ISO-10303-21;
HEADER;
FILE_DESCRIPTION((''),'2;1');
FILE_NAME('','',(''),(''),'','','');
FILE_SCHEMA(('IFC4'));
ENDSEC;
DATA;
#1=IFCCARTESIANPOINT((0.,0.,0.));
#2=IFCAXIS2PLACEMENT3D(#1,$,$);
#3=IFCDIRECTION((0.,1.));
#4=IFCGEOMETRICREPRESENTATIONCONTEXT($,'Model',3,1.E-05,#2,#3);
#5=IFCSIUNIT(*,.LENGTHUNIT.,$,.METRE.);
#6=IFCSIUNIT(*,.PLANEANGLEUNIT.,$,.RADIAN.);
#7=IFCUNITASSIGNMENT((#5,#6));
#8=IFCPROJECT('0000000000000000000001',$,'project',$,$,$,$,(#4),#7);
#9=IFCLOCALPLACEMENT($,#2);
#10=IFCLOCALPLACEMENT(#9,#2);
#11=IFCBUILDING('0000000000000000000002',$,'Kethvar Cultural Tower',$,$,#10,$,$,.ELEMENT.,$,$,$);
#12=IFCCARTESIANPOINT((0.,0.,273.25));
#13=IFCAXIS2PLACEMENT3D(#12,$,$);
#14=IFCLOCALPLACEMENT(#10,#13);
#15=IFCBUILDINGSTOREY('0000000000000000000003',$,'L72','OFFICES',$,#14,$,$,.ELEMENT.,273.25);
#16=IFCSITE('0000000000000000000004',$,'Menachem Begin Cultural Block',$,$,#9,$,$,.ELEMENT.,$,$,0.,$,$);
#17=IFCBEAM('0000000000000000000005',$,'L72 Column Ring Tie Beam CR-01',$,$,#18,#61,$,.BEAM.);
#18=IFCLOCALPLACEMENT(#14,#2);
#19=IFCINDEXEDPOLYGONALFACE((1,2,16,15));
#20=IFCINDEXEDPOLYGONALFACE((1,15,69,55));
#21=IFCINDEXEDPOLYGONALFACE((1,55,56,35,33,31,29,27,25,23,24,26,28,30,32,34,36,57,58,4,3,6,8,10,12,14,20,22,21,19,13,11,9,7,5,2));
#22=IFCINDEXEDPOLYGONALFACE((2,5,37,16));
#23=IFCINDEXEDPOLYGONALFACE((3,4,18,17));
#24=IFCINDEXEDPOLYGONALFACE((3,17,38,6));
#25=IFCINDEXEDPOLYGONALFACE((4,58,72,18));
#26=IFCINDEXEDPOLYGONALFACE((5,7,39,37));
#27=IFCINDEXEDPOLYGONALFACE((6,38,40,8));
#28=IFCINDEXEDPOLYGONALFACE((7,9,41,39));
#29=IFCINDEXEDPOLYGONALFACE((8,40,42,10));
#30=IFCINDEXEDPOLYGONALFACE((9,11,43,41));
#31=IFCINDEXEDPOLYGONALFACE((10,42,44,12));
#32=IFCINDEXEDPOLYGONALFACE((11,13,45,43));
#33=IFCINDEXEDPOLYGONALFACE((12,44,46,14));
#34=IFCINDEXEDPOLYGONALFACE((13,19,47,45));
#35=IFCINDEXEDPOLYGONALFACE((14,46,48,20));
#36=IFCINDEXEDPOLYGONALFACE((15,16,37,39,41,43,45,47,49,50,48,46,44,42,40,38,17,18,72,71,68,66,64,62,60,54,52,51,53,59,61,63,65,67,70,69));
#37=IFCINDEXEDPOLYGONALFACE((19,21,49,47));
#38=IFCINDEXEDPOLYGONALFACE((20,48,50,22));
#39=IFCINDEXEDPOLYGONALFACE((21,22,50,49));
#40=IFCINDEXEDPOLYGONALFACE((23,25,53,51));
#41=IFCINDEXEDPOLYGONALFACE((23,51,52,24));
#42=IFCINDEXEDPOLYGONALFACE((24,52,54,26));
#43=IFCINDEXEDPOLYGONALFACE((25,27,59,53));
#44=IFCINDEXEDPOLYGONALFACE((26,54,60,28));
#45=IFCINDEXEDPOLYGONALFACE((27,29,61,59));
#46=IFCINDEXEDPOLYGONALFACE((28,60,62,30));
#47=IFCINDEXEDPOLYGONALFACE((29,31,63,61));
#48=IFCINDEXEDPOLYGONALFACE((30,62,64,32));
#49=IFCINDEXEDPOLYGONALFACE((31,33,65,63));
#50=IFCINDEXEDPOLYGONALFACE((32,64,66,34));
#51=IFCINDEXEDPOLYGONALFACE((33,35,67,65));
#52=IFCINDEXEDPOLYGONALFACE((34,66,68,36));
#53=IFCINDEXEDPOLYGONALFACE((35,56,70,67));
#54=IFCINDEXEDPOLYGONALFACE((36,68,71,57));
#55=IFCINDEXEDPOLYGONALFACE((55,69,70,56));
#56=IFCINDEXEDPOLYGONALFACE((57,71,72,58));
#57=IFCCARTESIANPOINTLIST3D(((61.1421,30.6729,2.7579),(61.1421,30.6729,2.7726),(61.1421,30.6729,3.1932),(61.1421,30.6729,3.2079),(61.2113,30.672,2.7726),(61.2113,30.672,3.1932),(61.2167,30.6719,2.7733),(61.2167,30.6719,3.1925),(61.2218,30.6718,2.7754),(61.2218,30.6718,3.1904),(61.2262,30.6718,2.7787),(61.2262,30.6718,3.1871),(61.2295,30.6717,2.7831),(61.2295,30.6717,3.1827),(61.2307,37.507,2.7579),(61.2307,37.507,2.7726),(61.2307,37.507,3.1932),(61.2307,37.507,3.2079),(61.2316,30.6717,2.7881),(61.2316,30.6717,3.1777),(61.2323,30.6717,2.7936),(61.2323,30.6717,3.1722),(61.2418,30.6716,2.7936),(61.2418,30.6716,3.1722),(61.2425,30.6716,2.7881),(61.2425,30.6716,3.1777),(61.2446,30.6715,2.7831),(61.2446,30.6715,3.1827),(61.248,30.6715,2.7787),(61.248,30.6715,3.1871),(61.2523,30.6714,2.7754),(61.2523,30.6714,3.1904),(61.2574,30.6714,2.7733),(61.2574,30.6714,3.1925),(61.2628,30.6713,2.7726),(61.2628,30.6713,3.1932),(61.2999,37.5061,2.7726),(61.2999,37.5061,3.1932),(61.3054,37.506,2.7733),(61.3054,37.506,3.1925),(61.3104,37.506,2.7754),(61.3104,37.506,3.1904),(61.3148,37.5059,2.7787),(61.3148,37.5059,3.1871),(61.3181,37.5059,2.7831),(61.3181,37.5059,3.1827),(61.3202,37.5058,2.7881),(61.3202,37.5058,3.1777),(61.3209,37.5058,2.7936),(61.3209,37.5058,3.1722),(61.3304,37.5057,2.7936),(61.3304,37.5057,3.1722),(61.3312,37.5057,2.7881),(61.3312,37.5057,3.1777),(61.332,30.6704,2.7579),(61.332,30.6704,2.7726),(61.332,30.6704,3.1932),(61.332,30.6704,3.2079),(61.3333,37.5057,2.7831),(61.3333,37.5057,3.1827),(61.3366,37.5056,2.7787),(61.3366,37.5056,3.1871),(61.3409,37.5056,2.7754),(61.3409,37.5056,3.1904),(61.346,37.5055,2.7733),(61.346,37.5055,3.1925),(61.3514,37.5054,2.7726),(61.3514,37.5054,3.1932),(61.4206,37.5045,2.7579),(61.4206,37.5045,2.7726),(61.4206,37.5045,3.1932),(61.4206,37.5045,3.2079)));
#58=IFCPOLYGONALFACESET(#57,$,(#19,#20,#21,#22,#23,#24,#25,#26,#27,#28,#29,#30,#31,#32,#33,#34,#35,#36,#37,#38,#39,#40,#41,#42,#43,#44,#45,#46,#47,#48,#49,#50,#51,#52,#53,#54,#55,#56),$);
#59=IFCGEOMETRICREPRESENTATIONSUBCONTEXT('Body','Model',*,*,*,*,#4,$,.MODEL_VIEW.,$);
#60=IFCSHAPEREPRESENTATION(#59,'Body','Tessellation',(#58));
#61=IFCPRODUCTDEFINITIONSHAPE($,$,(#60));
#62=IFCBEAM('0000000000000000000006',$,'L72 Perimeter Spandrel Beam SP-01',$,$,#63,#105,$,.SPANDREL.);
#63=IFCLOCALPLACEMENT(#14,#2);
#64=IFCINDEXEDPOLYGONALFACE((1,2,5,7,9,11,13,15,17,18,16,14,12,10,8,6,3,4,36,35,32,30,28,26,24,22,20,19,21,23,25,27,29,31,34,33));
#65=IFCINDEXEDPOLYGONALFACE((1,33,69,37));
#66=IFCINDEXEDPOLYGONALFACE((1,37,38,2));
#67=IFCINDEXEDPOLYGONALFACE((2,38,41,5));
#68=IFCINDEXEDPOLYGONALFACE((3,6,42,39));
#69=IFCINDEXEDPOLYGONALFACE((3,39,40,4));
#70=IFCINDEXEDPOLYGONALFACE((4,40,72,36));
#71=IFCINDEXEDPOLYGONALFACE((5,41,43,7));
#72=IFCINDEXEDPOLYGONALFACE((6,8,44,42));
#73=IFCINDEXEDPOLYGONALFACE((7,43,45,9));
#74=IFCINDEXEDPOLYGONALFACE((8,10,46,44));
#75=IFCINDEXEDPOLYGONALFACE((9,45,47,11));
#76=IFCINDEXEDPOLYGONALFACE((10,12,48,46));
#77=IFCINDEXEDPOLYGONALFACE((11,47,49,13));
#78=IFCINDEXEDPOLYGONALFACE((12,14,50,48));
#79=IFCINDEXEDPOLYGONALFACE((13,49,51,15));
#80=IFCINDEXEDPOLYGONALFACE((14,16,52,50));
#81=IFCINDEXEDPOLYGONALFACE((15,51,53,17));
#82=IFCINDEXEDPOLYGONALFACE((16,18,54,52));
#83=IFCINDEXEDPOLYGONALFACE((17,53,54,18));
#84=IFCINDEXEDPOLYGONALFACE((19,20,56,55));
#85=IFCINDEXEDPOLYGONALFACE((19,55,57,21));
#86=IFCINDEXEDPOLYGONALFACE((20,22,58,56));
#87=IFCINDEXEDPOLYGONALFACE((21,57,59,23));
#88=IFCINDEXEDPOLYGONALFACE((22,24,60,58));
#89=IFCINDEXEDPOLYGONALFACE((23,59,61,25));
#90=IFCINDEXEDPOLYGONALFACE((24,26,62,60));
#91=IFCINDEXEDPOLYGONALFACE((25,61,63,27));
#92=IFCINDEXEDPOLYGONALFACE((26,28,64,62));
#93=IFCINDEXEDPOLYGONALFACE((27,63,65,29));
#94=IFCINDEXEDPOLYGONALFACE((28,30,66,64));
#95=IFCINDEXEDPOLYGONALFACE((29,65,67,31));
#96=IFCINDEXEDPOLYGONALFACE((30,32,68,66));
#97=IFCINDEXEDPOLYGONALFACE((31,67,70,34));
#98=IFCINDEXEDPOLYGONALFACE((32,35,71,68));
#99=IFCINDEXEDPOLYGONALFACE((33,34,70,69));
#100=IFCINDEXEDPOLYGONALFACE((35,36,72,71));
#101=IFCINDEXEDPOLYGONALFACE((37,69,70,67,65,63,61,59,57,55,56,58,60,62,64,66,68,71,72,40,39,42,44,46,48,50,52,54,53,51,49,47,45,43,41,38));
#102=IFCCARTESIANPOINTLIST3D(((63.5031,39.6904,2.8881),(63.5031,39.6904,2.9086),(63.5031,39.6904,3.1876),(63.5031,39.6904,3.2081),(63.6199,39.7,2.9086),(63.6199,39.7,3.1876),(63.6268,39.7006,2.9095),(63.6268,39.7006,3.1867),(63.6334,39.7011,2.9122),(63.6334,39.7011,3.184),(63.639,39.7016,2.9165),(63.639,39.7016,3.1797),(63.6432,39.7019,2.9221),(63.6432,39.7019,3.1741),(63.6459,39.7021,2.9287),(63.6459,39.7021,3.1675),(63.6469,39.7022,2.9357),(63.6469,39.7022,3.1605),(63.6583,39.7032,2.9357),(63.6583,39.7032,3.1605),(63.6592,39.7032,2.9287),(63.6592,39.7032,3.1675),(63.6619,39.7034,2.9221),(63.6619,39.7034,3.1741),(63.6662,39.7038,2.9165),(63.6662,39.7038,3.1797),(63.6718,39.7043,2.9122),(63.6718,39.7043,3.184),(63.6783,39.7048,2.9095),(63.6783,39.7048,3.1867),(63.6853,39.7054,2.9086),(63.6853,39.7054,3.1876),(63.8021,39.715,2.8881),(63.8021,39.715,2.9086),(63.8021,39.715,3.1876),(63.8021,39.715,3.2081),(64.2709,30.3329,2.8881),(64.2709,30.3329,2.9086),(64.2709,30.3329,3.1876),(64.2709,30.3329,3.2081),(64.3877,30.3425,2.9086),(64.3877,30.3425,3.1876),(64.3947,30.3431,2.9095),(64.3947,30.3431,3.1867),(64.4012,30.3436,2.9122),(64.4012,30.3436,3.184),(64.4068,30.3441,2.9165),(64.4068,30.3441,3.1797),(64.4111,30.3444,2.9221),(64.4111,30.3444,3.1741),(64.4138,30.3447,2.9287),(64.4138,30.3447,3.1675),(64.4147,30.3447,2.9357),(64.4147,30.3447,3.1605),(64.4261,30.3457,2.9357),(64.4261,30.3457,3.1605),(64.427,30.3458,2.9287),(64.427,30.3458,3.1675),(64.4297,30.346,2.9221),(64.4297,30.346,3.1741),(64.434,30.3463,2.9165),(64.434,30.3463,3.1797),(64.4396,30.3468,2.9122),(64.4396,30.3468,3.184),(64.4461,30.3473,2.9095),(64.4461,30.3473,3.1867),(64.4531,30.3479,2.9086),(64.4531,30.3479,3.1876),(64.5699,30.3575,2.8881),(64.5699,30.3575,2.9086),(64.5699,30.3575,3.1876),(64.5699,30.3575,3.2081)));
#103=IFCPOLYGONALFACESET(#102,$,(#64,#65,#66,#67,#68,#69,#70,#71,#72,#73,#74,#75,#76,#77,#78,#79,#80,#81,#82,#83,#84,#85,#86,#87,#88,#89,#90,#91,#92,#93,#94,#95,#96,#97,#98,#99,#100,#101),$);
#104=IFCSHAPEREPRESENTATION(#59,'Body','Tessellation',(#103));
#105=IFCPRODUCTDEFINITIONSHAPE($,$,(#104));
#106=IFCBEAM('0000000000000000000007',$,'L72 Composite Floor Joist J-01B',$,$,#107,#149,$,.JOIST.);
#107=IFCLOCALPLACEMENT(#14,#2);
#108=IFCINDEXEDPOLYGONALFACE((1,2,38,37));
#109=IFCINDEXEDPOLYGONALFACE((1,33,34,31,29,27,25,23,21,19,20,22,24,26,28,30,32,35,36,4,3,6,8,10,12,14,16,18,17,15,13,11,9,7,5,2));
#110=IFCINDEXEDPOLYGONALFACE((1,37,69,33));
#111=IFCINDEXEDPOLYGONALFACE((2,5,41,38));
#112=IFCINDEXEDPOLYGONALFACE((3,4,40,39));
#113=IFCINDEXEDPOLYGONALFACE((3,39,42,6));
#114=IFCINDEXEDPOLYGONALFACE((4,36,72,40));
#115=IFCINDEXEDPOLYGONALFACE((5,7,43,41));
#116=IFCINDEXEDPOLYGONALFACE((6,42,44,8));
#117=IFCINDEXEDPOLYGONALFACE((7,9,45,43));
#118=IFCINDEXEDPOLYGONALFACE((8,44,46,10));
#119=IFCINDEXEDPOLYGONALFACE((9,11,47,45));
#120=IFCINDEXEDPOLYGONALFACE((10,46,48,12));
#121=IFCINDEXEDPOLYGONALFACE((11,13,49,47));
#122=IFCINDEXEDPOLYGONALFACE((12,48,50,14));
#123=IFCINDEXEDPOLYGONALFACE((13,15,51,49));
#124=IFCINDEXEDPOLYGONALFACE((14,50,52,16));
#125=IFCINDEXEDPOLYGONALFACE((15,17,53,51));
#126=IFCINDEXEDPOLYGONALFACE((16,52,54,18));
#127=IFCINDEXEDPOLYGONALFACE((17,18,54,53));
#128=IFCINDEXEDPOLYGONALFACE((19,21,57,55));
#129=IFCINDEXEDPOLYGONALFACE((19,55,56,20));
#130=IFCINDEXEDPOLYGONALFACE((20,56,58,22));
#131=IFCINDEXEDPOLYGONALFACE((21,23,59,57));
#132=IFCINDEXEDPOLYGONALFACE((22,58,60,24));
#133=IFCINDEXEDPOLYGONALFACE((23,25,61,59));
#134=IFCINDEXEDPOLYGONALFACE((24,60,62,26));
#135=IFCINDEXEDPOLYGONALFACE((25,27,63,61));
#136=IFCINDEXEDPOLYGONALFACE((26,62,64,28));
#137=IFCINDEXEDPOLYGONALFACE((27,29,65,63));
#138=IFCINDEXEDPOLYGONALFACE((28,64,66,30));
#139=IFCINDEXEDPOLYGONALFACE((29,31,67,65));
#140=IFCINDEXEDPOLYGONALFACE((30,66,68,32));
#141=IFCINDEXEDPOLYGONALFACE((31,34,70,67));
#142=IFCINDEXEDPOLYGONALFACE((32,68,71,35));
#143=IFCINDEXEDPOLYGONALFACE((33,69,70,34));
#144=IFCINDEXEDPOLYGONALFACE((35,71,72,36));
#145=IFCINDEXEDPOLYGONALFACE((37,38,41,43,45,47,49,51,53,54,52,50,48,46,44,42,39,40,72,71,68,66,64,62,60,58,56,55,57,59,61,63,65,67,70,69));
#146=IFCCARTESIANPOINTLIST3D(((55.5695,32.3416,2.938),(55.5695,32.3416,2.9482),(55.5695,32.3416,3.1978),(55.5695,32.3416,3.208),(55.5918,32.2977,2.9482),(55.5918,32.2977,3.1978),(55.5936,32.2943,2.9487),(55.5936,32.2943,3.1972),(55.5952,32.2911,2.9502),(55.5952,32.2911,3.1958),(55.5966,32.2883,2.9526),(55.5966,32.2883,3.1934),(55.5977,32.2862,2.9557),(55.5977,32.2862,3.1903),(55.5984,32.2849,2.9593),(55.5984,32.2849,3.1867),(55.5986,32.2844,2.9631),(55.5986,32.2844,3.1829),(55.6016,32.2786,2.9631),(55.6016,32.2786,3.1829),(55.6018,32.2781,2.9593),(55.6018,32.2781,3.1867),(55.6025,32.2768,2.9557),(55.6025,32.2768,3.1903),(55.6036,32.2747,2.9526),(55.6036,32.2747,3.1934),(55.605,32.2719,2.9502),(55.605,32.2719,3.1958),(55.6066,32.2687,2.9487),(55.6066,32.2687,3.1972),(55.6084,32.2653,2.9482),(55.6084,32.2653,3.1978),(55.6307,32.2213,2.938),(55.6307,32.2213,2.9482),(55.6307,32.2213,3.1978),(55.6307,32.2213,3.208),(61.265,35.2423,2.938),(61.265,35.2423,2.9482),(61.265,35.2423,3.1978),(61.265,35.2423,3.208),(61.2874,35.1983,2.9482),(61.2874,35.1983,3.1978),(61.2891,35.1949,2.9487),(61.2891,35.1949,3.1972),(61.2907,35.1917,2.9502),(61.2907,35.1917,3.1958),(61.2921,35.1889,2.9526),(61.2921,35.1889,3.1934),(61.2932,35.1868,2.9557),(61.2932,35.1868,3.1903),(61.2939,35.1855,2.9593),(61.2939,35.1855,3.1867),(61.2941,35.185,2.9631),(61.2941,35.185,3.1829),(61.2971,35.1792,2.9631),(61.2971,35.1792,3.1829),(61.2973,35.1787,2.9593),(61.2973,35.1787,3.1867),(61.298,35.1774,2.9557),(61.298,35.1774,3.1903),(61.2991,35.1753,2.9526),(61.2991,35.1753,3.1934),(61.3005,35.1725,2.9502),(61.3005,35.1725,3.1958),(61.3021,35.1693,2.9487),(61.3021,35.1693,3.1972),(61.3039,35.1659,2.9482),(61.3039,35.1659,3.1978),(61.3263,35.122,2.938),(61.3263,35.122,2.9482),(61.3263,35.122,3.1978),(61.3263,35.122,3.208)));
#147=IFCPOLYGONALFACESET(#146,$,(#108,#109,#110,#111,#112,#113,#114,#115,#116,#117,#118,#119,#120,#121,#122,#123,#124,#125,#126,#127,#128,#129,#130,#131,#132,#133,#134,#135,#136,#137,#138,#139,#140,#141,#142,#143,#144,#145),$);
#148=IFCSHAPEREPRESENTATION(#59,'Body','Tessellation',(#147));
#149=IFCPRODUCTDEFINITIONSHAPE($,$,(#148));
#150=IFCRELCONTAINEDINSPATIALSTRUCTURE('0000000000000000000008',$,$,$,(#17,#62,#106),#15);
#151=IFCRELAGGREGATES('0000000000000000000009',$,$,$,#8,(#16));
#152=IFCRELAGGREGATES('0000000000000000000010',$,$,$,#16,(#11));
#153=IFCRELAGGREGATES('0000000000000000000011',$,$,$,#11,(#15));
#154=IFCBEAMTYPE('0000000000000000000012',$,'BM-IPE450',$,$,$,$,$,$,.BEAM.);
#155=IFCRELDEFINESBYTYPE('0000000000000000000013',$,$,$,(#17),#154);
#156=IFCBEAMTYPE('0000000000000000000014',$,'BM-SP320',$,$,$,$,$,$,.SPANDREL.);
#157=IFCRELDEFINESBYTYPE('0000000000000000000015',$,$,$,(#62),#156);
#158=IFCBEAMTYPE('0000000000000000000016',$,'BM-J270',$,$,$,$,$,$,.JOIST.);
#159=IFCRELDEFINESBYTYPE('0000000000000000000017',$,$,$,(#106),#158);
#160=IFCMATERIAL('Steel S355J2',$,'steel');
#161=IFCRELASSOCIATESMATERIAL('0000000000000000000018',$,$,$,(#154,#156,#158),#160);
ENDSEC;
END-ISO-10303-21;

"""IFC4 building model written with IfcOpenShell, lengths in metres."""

from ifc_helpers import new_model, si_unit, direction, frame, origin, origin_2d, place, context, subcontext, project, spatial, i_section, extrude, source, transform, mapped, material, material_profile, profile_set, type_object, element, save


model = new_model("IFC4")

# Units and contexts
model_context = context("Model", 3, precision=1e-05, world=origin(), true_north=direction((0.0, 1.0)))
body_context = subcontext(model_context, "Body", "Model", "MODEL_VIEW")
ifc_project = project(units=[si_unit("LENGTHUNIT", "METRE"), si_unit("PLANEANGLEUNIT", "RADIAN")], contexts=[model_context])

# Site, building, storey
site_placement = place(None, origin())
site = spatial("IfcSite", under=ifc_project, at=site_placement, Name="Menachem Begin Cultural Block", CompositionType="ELEMENT", RefElevation=0.0)
building_placement = place(site_placement, origin())
building = spatial("IfcBuilding", under=site, at=building_placement, Name="Kethvar Cultural Tower", CompositionType="ELEMENT")
storey_placement = place(building_placement, frame((0.0, 0.0, 273.25)))
storey = spatial("IfcBuildingStorey", under=building, at=storey_placement, Name="L72", Description="OFFICES", CompositionType="ELEMENT", Elevation=273.25)

# Shared definitions
ifc_material_1 = material(Name="Steel S355J2", Category="steel")

# Beams
ifc_material_profile_1 = material_profile(ifc_material_1, i_section(OverallWidth=0.1899, OverallDepth=0.45, WebThickness=0.0095, FlangeThickness=0.0146, FilletRadius=0.021, at=origin_2d()), Name="Steel S355J2 — IPE450")
ifc_profile_set_1 = profile_set([ifc_material_profile_1], Name="Steel S355J2 — IPE450")
beam_type_1 = type_object("IfcBeamType", Name="BM-IPE450", PredefinedType="BEAM", material=ifc_profile_set_1)
shared_shape_1 = source(origin(), body_context, "Body", "SweptSolid", [
    extrude(i_section(OverallWidth=0.1899, OverallDepth=0.45, WebThickness=0.0095, FlangeThickness=0.0146, FilletRadius=0.021, at=origin_2d()), origin(), (0.0, 0.0, 1.0), 6.8347),
])
beam_1_placement = place(storey_placement, frame((61.2371, 30.6716, 2.9829), z_axis=(0.012966, 0.999916, 0.0), x_axis=(-0.999916, 0.012966, 0.0)))
element("IfcBeam", 1, at=beam_1_placement, inside=storey, type_object=beam_type_1, Name="L72 Column Ring Tie Beam CR-01", PredefinedType="BEAM", context=body_context, shape_type="MappedRepresentation", body=[
    mapped(shared_shape_1, transform((0.0, 0.0, 0.0), scale=1.0)),
])
ifc_material_profile_2 = material_profile(ifc_material_1, i_section(OverallWidth=0.3, OverallDepth=0.3201, WebThickness=0.0115, FlangeThickness=0.0205, FilletRadius=0.0271, at=origin_2d()), Name="Steel S355J2 — HEB320")
ifc_profile_set_2 = profile_set([ifc_material_profile_2], Name="Steel S355J2 — HEB320")
beam_type_2 = type_object("IfcBeamType", Name="BM-SP320", PredefinedType="SPANDREL", material=ifc_profile_set_2)
shared_shape_2 = source(origin(), body_context, "Body", "SweptSolid", [
    extrude(i_section(OverallWidth=0.3, OverallDepth=0.3201, WebThickness=0.0115, FlangeThickness=0.0205, FilletRadius=0.0271, at=origin_2d()), origin(), (0.0, 0.0, 1.0), 9.3889),
])
beam_2_placement = place(storey_placement, frame((64.4204, 30.3452, 3.0481), z_axis=(-0.08178, 0.99665, 0.0), x_axis=(-0.99665, -0.08178, 0.0)))
element("IfcBeam", 2, at=beam_2_placement, inside=storey, type_object=beam_type_2, Name="L72 Perimeter Spandrel Beam SP-01", PredefinedType="SPANDREL", context=body_context, shape_type="MappedRepresentation", body=[
    mapped(shared_shape_2, transform((0.0, 0.0, 0.0), scale=1.0)),
])
ifc_material_profile_3 = material_profile(ifc_material_1, i_section(OverallWidth=0.135, OverallDepth=0.27, WebThickness=0.0066, FlangeThickness=0.0103, FilletRadius=0.0149, at=origin_2d()), Name="Steel S355J2 — IPE270")
ifc_profile_set_3 = profile_set([ifc_material_profile_3], Name="Steel S355J2 — IPE270")
beam_type_3 = type_object("IfcBeamType", Name="BM-J270", PredefinedType="JOIST", material=ifc_profile_set_3)
shared_shape_3 = source(origin(), body_context, "Body", "SweptSolid", [
    extrude(i_section(OverallWidth=0.135, OverallDepth=0.27, WebThickness=0.0066, FlangeThickness=0.0103, FilletRadius=0.0149, at=origin_2d()), origin(), (0.0, 0.0, 1.0), 6.3916),
])
beam_3_placement = place(storey_placement, frame((55.6001, 32.2815, 3.073), z_axis=(0.891095, 0.453817, 0.0), x_axis=(-0.453817, 0.891095, 0.0)))
element("IfcBeam", 3, at=beam_3_placement, inside=storey, type_object=beam_type_3, Name="L72 Composite Floor Joist J-01B", PredefinedType="JOIST", context=body_context, shape_type="MappedRepresentation", body=[
    mapped(shared_shape_3, transform((0.0, 0.0, 0.0), scale=1.0)),
])

save(model, "model.ifc")
